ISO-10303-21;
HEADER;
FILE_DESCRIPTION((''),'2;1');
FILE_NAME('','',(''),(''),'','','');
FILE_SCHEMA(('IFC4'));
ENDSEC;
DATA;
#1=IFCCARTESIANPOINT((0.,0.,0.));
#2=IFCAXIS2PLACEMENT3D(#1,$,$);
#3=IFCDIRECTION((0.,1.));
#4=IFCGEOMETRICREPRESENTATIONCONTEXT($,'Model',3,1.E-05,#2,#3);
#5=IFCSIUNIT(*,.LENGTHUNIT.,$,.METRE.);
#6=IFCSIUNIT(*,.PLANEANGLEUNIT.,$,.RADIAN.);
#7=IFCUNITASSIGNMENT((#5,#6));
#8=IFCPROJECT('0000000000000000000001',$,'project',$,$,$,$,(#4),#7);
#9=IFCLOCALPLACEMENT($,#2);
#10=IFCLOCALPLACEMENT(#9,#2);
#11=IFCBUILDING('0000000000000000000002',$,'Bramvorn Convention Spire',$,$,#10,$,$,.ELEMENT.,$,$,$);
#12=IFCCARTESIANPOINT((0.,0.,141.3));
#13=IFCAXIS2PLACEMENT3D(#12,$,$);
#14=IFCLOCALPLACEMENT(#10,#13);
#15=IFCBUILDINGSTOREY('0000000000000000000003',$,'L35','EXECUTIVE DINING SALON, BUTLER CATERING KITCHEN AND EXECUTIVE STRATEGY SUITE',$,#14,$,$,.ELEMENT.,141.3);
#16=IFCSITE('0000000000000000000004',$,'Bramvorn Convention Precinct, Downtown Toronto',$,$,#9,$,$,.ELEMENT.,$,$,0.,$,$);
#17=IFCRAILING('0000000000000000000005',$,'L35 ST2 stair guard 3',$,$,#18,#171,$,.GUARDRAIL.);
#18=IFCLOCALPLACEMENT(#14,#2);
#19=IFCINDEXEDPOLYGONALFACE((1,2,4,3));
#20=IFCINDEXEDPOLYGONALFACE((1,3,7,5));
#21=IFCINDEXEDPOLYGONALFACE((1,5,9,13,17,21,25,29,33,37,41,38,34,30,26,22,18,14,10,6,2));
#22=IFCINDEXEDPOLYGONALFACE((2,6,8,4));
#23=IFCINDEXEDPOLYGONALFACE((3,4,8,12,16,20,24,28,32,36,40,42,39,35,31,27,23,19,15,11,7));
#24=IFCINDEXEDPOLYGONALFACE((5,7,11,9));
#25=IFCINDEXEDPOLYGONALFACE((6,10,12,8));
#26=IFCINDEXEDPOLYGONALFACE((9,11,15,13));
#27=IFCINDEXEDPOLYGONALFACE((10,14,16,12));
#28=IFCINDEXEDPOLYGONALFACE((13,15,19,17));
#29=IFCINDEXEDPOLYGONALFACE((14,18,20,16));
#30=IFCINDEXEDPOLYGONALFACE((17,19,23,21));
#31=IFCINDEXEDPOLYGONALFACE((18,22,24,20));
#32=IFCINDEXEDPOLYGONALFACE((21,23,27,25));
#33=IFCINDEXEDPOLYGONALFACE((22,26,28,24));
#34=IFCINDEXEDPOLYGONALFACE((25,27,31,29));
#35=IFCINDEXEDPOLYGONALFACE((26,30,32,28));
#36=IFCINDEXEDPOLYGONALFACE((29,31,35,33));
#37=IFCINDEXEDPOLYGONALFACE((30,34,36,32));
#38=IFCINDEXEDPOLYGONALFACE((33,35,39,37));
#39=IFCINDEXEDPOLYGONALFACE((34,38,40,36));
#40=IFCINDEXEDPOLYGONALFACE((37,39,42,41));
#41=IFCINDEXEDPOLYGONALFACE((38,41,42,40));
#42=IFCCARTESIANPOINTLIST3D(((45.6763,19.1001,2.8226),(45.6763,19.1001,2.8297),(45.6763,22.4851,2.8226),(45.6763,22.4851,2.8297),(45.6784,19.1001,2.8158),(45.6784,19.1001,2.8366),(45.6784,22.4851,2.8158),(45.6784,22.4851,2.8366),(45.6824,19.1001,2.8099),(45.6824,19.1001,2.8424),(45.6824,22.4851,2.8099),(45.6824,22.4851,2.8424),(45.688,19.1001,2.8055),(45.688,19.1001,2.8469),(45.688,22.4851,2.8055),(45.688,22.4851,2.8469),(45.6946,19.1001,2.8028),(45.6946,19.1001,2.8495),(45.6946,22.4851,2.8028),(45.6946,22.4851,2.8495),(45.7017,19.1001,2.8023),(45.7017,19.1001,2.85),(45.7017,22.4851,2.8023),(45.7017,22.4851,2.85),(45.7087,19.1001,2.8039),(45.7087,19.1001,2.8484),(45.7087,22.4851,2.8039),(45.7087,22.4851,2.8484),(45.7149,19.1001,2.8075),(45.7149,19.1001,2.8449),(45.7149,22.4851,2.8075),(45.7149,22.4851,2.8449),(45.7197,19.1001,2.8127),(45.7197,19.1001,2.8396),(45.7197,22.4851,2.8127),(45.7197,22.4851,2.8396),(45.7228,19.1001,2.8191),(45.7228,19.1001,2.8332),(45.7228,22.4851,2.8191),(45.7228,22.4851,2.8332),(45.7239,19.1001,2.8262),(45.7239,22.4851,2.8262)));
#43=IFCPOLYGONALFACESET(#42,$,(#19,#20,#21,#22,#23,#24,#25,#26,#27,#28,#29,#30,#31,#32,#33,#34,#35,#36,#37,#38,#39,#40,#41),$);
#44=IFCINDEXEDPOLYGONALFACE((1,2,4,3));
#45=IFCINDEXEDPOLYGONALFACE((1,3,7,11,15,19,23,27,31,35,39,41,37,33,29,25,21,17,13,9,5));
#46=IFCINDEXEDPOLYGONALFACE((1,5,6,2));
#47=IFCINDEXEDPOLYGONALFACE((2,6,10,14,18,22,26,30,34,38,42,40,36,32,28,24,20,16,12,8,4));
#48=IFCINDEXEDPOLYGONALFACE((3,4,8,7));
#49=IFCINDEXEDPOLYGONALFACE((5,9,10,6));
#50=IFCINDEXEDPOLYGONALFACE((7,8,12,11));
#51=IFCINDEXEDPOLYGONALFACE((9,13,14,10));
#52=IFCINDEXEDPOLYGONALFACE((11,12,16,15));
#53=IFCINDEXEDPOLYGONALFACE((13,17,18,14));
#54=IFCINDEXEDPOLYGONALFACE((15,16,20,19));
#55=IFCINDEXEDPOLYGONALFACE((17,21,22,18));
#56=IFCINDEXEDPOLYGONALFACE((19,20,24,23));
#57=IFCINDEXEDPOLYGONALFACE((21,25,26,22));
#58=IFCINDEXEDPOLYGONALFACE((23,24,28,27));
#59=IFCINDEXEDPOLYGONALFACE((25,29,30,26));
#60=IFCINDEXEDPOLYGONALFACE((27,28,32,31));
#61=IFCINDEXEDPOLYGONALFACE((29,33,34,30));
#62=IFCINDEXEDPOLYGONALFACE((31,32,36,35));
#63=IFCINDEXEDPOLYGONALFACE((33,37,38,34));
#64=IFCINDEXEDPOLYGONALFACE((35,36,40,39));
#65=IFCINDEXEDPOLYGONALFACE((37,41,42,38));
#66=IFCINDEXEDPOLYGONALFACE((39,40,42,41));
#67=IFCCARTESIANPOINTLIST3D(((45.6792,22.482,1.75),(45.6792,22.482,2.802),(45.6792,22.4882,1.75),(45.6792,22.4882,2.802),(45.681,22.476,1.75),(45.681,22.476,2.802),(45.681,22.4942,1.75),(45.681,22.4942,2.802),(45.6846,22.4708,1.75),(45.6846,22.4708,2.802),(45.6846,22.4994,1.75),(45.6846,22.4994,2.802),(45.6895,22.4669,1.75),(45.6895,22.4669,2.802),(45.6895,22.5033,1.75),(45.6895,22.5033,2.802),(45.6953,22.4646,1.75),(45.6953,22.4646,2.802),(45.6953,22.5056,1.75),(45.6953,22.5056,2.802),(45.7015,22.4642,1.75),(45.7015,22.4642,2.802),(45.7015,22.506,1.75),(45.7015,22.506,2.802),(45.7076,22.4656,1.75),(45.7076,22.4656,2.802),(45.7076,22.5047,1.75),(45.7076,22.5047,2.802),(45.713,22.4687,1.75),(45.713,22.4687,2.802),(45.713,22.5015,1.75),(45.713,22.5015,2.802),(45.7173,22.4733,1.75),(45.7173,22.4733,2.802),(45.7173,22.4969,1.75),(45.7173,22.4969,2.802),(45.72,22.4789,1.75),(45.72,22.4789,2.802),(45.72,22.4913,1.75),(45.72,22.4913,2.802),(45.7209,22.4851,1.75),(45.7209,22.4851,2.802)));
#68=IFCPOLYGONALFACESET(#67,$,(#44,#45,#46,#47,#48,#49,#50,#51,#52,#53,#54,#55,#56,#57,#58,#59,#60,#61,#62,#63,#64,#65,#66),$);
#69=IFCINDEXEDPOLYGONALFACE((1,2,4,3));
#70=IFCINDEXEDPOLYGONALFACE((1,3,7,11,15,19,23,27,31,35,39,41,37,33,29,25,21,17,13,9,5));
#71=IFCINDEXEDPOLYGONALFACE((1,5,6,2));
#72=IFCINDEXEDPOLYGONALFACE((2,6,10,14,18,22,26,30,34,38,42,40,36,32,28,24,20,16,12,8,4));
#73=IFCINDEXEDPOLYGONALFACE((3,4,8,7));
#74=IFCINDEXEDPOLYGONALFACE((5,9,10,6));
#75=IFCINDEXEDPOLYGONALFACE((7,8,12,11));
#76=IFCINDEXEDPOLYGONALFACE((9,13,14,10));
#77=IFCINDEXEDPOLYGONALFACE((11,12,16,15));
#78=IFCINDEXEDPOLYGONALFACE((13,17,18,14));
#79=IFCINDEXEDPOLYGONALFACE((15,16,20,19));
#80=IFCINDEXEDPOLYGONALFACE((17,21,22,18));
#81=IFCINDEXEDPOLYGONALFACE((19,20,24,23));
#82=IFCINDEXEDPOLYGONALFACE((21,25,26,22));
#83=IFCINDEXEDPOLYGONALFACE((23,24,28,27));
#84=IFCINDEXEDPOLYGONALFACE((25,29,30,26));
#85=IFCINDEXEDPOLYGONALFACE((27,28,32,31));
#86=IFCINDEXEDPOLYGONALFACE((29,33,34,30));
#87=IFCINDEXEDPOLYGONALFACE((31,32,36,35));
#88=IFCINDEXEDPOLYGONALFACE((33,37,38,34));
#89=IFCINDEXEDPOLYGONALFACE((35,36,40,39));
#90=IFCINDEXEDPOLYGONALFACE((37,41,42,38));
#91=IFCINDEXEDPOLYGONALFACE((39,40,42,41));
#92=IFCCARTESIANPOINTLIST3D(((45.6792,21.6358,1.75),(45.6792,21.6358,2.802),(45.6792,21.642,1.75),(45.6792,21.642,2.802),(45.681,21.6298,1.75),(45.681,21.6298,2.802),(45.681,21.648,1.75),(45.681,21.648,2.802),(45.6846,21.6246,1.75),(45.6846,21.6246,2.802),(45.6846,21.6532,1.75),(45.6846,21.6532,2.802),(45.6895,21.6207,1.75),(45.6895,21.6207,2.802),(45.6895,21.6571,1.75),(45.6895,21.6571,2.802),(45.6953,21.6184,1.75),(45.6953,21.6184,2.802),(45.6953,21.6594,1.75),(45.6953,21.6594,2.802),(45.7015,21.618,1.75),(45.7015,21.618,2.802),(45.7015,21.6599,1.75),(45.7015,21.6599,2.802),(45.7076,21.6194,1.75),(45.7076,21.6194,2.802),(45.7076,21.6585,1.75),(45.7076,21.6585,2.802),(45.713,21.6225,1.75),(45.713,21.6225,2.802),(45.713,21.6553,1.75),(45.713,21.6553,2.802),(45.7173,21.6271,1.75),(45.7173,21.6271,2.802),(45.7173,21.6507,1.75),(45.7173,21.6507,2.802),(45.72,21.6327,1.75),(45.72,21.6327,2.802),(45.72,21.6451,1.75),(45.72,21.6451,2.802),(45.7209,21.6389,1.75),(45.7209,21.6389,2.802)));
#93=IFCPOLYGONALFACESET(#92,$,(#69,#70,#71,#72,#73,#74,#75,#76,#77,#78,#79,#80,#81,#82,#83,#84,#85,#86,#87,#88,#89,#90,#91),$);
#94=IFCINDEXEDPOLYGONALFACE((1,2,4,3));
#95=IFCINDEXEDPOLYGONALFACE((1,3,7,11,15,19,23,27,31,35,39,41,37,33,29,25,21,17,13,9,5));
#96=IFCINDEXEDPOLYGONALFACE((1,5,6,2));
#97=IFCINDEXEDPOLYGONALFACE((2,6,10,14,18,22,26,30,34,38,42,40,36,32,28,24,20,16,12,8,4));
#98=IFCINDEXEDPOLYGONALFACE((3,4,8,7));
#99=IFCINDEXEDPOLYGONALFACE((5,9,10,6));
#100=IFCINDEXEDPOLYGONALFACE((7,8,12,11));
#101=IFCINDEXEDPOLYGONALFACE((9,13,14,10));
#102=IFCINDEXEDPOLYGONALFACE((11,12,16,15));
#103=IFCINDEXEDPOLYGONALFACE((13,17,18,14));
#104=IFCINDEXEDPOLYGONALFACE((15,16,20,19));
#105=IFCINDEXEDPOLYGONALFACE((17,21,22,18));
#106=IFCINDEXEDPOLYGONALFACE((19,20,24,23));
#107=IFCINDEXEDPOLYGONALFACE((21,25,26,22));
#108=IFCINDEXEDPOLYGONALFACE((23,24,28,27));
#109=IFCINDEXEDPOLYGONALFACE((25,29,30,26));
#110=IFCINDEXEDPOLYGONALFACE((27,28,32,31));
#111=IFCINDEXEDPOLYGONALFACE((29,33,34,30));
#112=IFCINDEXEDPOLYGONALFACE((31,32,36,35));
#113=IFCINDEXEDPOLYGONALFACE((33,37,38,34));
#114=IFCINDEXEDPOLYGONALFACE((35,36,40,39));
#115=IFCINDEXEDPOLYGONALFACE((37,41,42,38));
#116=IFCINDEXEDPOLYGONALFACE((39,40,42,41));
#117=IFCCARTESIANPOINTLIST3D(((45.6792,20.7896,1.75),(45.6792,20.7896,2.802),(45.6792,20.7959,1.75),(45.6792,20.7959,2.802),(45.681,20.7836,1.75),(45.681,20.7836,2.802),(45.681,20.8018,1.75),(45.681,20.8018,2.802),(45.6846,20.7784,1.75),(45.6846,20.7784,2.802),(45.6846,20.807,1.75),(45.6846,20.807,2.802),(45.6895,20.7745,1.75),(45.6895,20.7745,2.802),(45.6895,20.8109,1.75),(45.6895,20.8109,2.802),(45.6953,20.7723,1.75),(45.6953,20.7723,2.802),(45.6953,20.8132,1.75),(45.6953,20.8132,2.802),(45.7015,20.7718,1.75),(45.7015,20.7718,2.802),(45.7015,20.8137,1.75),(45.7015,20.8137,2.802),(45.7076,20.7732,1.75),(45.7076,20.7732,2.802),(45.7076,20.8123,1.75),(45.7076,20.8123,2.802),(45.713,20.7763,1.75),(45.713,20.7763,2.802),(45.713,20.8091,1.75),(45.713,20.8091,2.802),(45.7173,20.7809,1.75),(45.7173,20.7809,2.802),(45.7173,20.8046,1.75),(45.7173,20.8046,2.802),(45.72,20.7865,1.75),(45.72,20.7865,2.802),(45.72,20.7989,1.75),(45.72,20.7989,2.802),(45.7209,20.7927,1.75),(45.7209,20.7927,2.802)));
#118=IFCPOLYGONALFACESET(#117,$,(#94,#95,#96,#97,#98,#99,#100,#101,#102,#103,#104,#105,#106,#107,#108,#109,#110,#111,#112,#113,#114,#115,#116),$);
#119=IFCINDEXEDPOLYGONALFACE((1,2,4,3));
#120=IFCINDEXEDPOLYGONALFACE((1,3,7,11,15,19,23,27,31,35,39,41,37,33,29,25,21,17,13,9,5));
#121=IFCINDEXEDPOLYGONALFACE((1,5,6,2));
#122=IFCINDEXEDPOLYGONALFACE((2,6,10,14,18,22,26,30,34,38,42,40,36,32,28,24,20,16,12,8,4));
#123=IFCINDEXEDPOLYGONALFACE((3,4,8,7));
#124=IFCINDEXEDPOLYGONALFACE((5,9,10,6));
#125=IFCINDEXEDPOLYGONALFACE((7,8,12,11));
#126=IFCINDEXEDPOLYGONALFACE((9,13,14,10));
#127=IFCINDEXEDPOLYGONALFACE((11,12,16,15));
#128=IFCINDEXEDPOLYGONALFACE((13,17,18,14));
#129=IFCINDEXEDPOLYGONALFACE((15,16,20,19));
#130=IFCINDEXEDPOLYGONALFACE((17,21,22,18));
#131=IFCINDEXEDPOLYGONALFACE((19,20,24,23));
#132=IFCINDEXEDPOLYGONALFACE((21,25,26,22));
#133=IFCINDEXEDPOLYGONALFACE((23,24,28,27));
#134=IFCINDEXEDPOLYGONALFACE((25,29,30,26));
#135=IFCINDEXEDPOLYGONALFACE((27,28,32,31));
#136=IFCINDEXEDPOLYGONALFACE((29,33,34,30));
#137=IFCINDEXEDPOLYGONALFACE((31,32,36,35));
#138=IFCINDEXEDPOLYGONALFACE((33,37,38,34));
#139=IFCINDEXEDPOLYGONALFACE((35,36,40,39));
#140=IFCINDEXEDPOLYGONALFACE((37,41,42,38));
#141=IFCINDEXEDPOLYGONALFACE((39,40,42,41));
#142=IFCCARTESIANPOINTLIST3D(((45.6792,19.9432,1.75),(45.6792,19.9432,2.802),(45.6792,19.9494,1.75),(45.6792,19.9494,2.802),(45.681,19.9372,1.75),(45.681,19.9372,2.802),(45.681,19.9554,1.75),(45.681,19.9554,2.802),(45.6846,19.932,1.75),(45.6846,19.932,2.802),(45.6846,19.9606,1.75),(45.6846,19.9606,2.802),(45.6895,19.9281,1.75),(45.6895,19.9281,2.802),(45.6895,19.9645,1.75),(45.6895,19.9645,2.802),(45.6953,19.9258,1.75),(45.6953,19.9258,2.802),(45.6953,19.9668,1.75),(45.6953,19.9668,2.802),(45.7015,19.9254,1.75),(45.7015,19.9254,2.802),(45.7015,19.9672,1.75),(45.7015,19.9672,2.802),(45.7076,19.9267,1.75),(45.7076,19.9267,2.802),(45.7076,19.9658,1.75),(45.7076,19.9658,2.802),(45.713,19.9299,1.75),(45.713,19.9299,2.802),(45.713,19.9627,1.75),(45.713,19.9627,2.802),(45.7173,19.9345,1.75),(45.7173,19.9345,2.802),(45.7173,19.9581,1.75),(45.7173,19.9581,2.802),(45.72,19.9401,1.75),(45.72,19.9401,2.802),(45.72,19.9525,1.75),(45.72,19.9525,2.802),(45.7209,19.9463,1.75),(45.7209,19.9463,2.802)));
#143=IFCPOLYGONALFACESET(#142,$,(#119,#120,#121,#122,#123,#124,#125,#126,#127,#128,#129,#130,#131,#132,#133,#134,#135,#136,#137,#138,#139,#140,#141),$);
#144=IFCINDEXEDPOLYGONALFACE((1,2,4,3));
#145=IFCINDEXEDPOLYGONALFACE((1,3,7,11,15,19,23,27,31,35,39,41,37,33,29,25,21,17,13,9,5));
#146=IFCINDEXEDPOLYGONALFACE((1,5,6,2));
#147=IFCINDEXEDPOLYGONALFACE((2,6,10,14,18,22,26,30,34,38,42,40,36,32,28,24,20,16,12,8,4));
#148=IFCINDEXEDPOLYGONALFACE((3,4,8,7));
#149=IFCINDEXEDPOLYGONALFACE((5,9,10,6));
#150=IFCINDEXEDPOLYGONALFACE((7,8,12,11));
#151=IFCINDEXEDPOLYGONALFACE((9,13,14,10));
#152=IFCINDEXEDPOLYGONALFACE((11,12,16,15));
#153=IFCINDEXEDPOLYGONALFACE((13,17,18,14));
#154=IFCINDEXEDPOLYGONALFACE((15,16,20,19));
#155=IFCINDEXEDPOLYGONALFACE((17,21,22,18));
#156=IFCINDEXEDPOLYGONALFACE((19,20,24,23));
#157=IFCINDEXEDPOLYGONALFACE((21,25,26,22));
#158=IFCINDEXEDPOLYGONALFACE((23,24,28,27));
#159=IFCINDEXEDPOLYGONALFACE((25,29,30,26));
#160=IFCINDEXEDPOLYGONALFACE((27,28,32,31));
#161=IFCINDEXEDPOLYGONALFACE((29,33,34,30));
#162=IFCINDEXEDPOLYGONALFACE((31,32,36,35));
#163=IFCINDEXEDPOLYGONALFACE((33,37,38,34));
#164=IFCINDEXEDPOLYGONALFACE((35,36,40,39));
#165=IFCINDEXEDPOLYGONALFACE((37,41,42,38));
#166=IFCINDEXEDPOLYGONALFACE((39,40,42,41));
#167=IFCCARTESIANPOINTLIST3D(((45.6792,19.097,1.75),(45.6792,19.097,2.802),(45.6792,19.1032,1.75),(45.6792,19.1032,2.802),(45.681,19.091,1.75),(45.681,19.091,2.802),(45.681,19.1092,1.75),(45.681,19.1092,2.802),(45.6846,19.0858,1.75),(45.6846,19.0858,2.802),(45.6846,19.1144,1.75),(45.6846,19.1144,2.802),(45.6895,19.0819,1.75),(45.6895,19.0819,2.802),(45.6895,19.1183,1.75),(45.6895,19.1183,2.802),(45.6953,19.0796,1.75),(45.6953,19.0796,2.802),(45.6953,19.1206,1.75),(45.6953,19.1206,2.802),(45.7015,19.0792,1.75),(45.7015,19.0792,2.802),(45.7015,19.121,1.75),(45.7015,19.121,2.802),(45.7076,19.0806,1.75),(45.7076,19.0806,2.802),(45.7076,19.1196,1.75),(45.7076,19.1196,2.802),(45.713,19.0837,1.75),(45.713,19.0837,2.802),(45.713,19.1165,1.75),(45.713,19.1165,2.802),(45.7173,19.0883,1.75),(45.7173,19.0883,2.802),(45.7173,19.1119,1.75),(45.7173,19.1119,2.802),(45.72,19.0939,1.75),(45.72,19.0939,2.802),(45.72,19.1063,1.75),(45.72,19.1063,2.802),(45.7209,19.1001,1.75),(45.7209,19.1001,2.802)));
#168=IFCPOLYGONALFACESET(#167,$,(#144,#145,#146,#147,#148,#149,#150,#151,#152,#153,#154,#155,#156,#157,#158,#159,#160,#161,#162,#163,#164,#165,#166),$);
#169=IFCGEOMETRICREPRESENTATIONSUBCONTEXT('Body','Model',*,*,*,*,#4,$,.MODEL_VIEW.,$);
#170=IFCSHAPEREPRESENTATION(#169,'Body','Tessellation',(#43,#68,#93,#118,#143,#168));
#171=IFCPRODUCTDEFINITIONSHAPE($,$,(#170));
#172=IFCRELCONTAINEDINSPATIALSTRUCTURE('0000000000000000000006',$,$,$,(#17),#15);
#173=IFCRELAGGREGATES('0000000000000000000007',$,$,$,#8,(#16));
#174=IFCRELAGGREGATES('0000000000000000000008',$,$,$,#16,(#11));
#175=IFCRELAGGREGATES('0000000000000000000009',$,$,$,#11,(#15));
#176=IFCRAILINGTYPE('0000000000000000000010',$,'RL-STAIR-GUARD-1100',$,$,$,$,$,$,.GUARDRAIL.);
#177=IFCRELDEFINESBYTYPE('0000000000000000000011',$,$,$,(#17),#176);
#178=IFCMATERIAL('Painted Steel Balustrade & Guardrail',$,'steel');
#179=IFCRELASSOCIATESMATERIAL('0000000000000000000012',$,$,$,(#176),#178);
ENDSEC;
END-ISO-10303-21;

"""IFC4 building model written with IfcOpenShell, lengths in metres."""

from ifc_helpers import new_model, si_unit, direction, frame, origin, origin_2d, place, context, subcontext, project, spatial, circle, extrude, material, type_object, element, save


model = new_model("IFC4")

# Units and contexts
model_context = context("Model", 3, precision=1e-05, world=origin(), true_north=direction((0.0, 1.0)))
body_context = subcontext(model_context, "Body", "Model", "MODEL_VIEW")
ifc_project = project(units=[si_unit("LENGTHUNIT", "METRE"), si_unit("PLANEANGLEUNIT", "RADIAN")], contexts=[model_context])

# Site, building, storey
site_placement = place(None, origin())
site = spatial("IfcSite", under=ifc_project, at=site_placement, Name="Bramvorn Convention Precinct, Downtown Toronto", CompositionType="ELEMENT", RefElevation=0.0)
building_placement = place(site_placement, origin())
building = spatial("IfcBuilding", under=site, at=building_placement, Name="Bramvorn Convention Spire", CompositionType="ELEMENT")
storey_placement = place(building_placement, frame((0.0, 0.0, 141.3)))
storey = spatial("IfcBuildingStorey", under=building, at=storey_placement, Name="L35", Description="EXECUTIVE DINING SALON, BUTLER CATERING KITCHEN AND EXECUTIVE STRATEGY SUITE", CompositionType="ELEMENT", Elevation=141.3)

# Railing
ifc_material_1 = material(Name="Painted Steel Balustrade & Guardrail", Category="steel")
railing_type_1 = type_object("IfcRailingType", Name="RL-STAIR-GUARD-1100", PredefinedType="GUARDRAIL", material=ifc_material_1)
for number, where, name in (
    (1, (45.7, 22.4851, 1.75), "L35 ST2 stair guard 3"),
):
    element("IfcRailing", number, at=place(storey_placement, frame(where)), inside=storey, type_object=railing_type_1, Name=name, PredefinedType="GUARDRAIL", context=body_context, shape_type="SweptSolid", body=[
        extrude(circle(Radius=0.0239, at=origin_2d()), frame((0.0, 0.0, 1.0762), z_axis=(0.0, -1.0, 0.0), x_axis=(1.0, 0.0, 0.0)), (0.0, 0.0, 1.0), 3.385),
        extrude(circle(Radius=0.021, at=origin_2d()), origin(), (0.0, 0.0, 1.0), 1.052),
        extrude(circle(Radius=0.021, at=origin_2d()), frame((0.0, -0.8462, 0.0)), (0.0, 0.0, 1.0), 1.052),
        extrude(circle(Radius=0.021, at=origin_2d()), frame((0.0, -1.6924, 0.0)), (0.0, 0.0, 1.0), 1.052),
        extrude(circle(Radius=0.021, at=origin_2d()), frame((0.0, -2.5388, 0.0)), (0.0, 0.0, 1.0), 1.052),
        extrude(circle(Radius=0.021, at=origin_2d()), frame((0.0, -3.385, 0.0)), (0.0, 0.0, 1.0), 1.052),
    ])

save(model, "model.ifc")
